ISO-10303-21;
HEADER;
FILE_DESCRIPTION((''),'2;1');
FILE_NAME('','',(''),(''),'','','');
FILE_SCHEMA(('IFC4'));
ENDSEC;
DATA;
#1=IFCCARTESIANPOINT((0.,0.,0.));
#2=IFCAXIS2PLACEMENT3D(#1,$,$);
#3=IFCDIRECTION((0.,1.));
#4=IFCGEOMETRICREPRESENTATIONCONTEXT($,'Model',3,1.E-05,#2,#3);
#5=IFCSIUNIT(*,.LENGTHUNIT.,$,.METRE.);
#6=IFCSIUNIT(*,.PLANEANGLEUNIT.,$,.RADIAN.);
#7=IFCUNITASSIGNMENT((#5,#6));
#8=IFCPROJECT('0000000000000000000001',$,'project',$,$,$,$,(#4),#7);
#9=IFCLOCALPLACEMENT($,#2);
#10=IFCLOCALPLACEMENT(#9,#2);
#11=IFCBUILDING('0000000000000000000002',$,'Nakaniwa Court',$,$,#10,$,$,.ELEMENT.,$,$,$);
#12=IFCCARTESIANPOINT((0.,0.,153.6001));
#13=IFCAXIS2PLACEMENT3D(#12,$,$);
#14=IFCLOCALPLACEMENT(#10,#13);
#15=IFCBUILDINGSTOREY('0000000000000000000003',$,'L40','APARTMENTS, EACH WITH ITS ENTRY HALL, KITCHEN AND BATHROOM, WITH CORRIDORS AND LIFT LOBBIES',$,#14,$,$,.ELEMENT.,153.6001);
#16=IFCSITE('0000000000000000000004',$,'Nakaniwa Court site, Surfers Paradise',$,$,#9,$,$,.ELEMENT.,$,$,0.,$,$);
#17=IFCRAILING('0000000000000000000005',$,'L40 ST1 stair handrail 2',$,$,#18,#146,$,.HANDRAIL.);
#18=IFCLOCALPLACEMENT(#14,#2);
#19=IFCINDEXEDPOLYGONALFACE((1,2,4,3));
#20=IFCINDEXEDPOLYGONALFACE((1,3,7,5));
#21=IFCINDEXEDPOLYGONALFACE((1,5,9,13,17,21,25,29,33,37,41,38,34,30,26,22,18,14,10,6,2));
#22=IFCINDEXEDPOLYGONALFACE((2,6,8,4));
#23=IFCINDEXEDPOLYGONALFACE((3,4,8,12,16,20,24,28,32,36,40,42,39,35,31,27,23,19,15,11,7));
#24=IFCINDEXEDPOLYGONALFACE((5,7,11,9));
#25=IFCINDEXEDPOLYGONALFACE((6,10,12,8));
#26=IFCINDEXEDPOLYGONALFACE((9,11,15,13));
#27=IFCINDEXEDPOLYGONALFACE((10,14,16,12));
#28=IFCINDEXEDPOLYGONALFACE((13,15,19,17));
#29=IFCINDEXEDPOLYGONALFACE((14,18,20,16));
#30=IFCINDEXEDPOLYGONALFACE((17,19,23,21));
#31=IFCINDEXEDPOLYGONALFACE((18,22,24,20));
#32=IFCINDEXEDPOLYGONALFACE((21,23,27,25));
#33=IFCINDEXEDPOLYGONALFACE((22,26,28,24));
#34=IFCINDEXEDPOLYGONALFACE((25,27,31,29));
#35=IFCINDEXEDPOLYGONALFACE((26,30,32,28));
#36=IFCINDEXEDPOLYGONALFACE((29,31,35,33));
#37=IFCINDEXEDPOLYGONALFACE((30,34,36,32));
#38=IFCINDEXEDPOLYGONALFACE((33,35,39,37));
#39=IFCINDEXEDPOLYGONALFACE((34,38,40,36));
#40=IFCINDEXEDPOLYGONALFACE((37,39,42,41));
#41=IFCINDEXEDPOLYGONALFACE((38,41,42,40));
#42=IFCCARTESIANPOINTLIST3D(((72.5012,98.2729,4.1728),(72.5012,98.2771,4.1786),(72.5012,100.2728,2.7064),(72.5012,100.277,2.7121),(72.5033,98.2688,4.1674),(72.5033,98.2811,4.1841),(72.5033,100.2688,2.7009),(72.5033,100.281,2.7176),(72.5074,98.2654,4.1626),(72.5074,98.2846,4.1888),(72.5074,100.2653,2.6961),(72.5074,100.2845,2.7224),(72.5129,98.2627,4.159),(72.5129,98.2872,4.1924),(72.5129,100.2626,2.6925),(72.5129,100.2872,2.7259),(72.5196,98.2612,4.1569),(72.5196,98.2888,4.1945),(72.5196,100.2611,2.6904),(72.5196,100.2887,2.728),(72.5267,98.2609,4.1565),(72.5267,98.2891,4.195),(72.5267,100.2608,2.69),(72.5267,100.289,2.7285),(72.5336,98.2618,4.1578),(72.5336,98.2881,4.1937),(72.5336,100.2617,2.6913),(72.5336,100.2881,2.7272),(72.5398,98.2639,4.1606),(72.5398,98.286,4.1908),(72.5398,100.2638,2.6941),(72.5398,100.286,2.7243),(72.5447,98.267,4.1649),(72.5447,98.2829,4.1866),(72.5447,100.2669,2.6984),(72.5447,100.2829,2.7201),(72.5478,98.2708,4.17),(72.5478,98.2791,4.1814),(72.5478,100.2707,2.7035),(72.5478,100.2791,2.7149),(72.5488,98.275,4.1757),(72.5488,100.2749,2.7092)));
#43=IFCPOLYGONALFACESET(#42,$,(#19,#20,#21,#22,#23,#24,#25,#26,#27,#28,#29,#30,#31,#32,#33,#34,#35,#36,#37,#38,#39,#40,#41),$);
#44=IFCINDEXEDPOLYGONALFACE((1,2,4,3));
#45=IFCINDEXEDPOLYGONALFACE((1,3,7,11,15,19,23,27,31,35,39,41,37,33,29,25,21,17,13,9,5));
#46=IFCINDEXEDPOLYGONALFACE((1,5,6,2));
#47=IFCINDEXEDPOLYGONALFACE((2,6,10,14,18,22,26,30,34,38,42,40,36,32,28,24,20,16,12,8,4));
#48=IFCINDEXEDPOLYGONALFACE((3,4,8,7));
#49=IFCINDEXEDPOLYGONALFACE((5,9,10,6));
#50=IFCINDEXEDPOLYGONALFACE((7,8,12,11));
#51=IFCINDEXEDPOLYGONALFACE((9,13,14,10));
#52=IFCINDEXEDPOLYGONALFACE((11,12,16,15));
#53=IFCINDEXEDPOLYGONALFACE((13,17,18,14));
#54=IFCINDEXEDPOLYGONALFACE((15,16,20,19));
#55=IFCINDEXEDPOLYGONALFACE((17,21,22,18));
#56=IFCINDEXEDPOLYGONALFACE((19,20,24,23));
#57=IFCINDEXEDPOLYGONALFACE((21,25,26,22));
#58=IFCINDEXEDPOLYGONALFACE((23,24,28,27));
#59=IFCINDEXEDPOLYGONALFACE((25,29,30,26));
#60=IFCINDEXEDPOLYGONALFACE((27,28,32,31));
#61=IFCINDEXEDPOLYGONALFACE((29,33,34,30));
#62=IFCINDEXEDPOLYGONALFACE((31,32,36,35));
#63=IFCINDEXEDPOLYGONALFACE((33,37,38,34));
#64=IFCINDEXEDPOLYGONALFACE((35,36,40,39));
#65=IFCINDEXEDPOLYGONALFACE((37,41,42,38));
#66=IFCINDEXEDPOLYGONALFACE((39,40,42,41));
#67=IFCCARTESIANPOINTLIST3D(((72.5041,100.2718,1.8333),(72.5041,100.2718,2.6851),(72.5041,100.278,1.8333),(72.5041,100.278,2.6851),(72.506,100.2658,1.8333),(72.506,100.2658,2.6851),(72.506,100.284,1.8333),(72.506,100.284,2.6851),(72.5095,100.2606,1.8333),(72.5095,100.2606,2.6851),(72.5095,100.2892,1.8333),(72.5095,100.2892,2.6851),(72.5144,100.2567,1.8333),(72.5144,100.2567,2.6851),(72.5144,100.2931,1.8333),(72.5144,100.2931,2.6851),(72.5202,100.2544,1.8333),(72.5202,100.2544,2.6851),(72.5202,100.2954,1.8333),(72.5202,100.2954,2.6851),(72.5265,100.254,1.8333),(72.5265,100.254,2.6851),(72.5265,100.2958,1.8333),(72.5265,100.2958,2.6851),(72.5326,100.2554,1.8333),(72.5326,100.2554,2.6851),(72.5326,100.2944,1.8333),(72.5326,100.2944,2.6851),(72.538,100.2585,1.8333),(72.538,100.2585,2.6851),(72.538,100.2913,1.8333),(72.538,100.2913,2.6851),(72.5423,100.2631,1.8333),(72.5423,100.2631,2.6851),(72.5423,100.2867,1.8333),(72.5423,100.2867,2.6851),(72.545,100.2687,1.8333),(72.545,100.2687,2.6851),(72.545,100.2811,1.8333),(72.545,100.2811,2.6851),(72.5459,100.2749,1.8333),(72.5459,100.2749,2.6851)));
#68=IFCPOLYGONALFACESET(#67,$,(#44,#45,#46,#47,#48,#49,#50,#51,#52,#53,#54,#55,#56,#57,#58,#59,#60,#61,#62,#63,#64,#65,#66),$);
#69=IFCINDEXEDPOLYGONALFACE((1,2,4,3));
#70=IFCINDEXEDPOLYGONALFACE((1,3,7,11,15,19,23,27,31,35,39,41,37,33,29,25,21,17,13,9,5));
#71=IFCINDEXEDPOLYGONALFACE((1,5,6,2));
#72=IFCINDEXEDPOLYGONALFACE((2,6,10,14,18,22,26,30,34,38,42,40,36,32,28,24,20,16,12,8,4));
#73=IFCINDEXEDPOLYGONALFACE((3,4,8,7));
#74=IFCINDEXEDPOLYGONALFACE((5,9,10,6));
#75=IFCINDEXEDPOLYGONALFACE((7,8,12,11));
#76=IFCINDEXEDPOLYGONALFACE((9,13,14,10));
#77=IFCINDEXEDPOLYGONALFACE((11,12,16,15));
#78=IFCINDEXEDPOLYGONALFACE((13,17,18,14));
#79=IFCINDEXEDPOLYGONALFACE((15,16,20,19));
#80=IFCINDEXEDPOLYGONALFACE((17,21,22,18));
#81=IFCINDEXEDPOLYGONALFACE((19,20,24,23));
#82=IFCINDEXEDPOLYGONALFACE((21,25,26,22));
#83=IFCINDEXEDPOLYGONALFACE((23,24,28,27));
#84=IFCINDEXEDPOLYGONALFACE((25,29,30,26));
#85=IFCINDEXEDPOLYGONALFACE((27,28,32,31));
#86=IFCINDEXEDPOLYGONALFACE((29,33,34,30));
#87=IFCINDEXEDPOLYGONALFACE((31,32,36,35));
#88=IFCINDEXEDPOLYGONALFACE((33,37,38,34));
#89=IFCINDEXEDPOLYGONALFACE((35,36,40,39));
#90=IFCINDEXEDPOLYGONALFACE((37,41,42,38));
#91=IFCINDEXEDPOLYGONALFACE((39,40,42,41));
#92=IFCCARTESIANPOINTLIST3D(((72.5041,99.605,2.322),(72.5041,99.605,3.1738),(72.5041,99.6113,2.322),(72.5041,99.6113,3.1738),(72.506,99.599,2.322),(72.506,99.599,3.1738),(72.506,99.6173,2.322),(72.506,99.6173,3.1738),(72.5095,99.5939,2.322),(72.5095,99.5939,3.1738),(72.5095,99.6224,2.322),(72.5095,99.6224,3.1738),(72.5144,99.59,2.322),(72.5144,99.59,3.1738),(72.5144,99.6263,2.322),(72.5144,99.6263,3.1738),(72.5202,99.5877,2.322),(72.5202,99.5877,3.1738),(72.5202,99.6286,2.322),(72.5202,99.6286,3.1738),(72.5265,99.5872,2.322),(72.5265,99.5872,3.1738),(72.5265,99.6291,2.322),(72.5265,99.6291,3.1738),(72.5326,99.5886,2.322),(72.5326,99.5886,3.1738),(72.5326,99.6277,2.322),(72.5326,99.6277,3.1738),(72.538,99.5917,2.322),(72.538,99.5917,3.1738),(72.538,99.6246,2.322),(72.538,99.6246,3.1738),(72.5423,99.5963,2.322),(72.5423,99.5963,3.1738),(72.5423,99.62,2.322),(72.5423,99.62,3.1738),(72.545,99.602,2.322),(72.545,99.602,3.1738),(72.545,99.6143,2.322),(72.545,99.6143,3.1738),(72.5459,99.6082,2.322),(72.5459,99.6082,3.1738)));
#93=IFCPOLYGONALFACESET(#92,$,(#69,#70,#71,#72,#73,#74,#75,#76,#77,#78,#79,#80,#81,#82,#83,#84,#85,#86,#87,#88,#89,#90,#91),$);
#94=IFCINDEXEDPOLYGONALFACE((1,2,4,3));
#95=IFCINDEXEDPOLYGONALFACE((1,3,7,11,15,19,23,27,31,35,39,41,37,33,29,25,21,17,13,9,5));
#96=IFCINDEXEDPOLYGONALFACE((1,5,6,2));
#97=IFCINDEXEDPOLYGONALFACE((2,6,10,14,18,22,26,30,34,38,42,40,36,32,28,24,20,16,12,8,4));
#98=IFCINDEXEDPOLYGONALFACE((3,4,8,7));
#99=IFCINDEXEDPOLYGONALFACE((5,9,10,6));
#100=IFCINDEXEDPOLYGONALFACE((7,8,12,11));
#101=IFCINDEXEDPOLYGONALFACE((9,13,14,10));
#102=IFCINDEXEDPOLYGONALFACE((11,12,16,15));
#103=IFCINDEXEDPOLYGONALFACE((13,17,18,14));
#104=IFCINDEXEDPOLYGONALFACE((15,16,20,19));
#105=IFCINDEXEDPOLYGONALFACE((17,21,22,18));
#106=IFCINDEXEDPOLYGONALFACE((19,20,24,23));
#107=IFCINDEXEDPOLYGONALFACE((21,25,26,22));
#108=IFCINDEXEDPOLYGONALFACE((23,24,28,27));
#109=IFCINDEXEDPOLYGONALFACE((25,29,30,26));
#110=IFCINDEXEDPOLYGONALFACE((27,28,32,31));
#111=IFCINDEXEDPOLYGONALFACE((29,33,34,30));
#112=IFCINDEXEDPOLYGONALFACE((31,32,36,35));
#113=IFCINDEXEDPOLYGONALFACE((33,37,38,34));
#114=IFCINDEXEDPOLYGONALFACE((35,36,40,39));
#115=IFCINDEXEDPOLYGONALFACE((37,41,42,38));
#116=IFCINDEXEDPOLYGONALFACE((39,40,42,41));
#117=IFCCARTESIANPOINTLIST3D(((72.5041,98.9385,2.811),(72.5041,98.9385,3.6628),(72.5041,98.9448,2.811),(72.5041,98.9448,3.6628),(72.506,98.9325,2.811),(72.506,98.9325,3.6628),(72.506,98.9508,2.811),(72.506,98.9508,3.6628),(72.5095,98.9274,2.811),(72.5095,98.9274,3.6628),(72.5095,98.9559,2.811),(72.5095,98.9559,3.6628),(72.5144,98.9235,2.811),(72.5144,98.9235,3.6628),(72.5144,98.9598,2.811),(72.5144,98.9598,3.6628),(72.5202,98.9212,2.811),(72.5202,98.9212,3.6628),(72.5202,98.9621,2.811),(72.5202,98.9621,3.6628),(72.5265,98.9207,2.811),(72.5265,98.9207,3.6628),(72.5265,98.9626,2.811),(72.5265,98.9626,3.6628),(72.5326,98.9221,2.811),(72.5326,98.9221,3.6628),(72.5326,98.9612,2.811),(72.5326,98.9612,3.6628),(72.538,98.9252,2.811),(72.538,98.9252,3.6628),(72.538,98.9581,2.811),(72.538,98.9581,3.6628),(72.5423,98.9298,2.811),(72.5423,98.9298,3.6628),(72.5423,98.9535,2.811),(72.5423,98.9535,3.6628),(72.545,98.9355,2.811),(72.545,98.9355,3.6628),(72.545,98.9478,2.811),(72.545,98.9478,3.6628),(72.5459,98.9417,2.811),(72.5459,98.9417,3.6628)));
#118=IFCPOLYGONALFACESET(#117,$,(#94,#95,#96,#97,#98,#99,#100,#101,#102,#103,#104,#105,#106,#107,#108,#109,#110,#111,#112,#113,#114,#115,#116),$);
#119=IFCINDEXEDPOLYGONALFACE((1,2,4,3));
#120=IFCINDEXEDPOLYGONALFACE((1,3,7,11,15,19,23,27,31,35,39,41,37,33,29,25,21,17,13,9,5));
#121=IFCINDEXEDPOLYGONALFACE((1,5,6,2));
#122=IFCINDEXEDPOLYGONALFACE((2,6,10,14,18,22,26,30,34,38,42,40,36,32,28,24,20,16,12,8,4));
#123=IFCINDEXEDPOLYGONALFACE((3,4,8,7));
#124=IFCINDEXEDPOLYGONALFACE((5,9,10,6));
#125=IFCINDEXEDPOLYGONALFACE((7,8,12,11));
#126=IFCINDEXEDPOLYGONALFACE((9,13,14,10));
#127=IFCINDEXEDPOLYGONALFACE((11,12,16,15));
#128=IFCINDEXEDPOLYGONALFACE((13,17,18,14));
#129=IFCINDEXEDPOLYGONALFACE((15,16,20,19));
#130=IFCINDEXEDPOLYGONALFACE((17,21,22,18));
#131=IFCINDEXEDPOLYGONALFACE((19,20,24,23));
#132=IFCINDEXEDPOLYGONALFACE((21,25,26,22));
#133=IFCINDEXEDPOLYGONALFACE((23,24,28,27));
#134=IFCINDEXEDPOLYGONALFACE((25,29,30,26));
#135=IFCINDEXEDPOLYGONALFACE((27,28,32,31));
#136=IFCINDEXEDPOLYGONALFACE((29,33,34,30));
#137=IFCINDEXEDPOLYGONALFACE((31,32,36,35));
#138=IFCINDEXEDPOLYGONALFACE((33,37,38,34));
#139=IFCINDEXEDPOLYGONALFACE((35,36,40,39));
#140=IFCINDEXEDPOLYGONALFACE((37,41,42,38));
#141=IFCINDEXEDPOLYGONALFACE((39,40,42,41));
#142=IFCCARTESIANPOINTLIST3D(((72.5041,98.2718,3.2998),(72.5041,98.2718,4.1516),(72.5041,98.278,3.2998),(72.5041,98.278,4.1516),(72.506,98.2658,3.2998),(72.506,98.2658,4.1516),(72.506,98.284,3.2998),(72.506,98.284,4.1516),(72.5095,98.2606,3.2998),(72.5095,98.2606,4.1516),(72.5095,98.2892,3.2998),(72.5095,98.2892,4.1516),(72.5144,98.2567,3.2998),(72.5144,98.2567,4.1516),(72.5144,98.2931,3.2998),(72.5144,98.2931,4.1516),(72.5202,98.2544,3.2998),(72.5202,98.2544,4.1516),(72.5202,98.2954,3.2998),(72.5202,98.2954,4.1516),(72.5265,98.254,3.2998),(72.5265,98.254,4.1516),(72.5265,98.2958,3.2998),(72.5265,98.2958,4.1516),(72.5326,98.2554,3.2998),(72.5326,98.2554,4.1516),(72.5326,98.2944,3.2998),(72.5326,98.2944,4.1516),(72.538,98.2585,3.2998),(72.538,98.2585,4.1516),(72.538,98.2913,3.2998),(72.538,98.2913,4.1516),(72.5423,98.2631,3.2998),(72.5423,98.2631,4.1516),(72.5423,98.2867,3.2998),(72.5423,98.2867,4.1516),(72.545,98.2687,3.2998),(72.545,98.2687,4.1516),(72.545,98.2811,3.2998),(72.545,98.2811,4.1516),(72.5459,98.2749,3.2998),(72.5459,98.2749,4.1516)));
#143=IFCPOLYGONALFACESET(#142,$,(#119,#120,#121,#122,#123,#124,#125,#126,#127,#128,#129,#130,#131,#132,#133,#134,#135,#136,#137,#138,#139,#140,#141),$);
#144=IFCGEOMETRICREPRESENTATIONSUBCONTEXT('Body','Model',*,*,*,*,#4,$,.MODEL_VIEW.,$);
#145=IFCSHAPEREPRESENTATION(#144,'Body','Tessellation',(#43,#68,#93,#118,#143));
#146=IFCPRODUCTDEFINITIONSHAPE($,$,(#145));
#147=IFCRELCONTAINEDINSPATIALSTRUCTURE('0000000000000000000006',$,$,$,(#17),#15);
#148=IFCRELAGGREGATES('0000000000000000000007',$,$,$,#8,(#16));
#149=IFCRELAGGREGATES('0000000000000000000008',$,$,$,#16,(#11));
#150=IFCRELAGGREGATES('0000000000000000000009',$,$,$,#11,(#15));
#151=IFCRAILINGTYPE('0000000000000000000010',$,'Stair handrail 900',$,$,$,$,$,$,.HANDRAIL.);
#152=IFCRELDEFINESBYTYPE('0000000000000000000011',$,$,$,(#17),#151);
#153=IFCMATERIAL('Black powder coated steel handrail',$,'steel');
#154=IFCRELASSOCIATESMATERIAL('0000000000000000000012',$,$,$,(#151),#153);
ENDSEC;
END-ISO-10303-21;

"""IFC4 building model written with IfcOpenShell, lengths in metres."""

from ifc_helpers import new_model, si_unit, direction, frame, origin, origin_2d, place, context, subcontext, project, spatial, circle, extrude, material, type_object, element, save


model = new_model("IFC4")

# Units and contexts
model_context = context("Model", 3, precision=1e-05, world=origin(), true_north=direction((0.0, 1.0)))
body_context = subcontext(model_context, "Body", "Model", "MODEL_VIEW")
ifc_project = project(units=[si_unit("LENGTHUNIT", "METRE"), si_unit("PLANEANGLEUNIT", "RADIAN")], contexts=[model_context])

# Site, building, storey
site_placement = place(None, origin())
site = spatial("IfcSite", under=ifc_project, at=site_placement, Name="Nakaniwa Court site, Surfers Paradise", CompositionType="ELEMENT", RefElevation=0.0)
building_placement = place(site_placement, origin())
building = spatial("IfcBuilding", under=site, at=building_placement, Name="Nakaniwa Court", CompositionType="ELEMENT")
storey_placement = place(building_placement, frame((0.0, 0.0, 153.6001)))
storey = spatial("IfcBuildingStorey", under=building, at=storey_placement, Name="L40", Description="APARTMENTS, EACH WITH ITS ENTRY HALL, KITCHEN AND BATHROOM, WITH CORRIDORS AND LIFT LOBBIES", CompositionType="ELEMENT", Elevation=153.6001)

# Railing
ifc_material_1 = material(Name="Black powder coated steel handrail", Category="steel")
railing_type_1 = type_object("IfcRailingType", Name="Stair handrail 900", PredefinedType="HANDRAIL", material=ifc_material_1)
railing_1_placement = place(storey_placement, frame((72.5249, 100.2749, 1.8333)))
element("IfcRailing", 1, at=railing_1_placement, inside=storey, type_object=railing_type_1, Name="L40 ST1 stair handrail 2", PredefinedType="HANDRAIL", context=body_context, shape_type="SweptSolid", body=[
    extrude(circle(Radius=0.0239, at=origin_2d()), frame((0.0, 0.0, 0.876), z_axis=(0.0, -0.806427, 0.591334), x_axis=(1.0, 0.0, 0.0)), (0.0, 0.0, 1.0), 2.48),
    extrude(circle(Radius=0.021, at=origin_2d()), origin(), (0.0, 0.0, 1.0), 0.8518),
    extrude(circle(Radius=0.021, at=origin_2d()), frame((0.0, -0.6667, 0.4888)), (0.0, 0.0, 1.0), 0.8518),
    extrude(circle(Radius=0.021, at=origin_2d()), frame((0.0, -1.3333, 0.9778)), (0.0, 0.0, 1.0), 0.8518),
    extrude(circle(Radius=0.021, at=origin_2d()), frame((0.0, -2.0, 1.4666)), (0.0, 0.0, 1.0), 0.8518),
])

save(model, "model.ifc")
